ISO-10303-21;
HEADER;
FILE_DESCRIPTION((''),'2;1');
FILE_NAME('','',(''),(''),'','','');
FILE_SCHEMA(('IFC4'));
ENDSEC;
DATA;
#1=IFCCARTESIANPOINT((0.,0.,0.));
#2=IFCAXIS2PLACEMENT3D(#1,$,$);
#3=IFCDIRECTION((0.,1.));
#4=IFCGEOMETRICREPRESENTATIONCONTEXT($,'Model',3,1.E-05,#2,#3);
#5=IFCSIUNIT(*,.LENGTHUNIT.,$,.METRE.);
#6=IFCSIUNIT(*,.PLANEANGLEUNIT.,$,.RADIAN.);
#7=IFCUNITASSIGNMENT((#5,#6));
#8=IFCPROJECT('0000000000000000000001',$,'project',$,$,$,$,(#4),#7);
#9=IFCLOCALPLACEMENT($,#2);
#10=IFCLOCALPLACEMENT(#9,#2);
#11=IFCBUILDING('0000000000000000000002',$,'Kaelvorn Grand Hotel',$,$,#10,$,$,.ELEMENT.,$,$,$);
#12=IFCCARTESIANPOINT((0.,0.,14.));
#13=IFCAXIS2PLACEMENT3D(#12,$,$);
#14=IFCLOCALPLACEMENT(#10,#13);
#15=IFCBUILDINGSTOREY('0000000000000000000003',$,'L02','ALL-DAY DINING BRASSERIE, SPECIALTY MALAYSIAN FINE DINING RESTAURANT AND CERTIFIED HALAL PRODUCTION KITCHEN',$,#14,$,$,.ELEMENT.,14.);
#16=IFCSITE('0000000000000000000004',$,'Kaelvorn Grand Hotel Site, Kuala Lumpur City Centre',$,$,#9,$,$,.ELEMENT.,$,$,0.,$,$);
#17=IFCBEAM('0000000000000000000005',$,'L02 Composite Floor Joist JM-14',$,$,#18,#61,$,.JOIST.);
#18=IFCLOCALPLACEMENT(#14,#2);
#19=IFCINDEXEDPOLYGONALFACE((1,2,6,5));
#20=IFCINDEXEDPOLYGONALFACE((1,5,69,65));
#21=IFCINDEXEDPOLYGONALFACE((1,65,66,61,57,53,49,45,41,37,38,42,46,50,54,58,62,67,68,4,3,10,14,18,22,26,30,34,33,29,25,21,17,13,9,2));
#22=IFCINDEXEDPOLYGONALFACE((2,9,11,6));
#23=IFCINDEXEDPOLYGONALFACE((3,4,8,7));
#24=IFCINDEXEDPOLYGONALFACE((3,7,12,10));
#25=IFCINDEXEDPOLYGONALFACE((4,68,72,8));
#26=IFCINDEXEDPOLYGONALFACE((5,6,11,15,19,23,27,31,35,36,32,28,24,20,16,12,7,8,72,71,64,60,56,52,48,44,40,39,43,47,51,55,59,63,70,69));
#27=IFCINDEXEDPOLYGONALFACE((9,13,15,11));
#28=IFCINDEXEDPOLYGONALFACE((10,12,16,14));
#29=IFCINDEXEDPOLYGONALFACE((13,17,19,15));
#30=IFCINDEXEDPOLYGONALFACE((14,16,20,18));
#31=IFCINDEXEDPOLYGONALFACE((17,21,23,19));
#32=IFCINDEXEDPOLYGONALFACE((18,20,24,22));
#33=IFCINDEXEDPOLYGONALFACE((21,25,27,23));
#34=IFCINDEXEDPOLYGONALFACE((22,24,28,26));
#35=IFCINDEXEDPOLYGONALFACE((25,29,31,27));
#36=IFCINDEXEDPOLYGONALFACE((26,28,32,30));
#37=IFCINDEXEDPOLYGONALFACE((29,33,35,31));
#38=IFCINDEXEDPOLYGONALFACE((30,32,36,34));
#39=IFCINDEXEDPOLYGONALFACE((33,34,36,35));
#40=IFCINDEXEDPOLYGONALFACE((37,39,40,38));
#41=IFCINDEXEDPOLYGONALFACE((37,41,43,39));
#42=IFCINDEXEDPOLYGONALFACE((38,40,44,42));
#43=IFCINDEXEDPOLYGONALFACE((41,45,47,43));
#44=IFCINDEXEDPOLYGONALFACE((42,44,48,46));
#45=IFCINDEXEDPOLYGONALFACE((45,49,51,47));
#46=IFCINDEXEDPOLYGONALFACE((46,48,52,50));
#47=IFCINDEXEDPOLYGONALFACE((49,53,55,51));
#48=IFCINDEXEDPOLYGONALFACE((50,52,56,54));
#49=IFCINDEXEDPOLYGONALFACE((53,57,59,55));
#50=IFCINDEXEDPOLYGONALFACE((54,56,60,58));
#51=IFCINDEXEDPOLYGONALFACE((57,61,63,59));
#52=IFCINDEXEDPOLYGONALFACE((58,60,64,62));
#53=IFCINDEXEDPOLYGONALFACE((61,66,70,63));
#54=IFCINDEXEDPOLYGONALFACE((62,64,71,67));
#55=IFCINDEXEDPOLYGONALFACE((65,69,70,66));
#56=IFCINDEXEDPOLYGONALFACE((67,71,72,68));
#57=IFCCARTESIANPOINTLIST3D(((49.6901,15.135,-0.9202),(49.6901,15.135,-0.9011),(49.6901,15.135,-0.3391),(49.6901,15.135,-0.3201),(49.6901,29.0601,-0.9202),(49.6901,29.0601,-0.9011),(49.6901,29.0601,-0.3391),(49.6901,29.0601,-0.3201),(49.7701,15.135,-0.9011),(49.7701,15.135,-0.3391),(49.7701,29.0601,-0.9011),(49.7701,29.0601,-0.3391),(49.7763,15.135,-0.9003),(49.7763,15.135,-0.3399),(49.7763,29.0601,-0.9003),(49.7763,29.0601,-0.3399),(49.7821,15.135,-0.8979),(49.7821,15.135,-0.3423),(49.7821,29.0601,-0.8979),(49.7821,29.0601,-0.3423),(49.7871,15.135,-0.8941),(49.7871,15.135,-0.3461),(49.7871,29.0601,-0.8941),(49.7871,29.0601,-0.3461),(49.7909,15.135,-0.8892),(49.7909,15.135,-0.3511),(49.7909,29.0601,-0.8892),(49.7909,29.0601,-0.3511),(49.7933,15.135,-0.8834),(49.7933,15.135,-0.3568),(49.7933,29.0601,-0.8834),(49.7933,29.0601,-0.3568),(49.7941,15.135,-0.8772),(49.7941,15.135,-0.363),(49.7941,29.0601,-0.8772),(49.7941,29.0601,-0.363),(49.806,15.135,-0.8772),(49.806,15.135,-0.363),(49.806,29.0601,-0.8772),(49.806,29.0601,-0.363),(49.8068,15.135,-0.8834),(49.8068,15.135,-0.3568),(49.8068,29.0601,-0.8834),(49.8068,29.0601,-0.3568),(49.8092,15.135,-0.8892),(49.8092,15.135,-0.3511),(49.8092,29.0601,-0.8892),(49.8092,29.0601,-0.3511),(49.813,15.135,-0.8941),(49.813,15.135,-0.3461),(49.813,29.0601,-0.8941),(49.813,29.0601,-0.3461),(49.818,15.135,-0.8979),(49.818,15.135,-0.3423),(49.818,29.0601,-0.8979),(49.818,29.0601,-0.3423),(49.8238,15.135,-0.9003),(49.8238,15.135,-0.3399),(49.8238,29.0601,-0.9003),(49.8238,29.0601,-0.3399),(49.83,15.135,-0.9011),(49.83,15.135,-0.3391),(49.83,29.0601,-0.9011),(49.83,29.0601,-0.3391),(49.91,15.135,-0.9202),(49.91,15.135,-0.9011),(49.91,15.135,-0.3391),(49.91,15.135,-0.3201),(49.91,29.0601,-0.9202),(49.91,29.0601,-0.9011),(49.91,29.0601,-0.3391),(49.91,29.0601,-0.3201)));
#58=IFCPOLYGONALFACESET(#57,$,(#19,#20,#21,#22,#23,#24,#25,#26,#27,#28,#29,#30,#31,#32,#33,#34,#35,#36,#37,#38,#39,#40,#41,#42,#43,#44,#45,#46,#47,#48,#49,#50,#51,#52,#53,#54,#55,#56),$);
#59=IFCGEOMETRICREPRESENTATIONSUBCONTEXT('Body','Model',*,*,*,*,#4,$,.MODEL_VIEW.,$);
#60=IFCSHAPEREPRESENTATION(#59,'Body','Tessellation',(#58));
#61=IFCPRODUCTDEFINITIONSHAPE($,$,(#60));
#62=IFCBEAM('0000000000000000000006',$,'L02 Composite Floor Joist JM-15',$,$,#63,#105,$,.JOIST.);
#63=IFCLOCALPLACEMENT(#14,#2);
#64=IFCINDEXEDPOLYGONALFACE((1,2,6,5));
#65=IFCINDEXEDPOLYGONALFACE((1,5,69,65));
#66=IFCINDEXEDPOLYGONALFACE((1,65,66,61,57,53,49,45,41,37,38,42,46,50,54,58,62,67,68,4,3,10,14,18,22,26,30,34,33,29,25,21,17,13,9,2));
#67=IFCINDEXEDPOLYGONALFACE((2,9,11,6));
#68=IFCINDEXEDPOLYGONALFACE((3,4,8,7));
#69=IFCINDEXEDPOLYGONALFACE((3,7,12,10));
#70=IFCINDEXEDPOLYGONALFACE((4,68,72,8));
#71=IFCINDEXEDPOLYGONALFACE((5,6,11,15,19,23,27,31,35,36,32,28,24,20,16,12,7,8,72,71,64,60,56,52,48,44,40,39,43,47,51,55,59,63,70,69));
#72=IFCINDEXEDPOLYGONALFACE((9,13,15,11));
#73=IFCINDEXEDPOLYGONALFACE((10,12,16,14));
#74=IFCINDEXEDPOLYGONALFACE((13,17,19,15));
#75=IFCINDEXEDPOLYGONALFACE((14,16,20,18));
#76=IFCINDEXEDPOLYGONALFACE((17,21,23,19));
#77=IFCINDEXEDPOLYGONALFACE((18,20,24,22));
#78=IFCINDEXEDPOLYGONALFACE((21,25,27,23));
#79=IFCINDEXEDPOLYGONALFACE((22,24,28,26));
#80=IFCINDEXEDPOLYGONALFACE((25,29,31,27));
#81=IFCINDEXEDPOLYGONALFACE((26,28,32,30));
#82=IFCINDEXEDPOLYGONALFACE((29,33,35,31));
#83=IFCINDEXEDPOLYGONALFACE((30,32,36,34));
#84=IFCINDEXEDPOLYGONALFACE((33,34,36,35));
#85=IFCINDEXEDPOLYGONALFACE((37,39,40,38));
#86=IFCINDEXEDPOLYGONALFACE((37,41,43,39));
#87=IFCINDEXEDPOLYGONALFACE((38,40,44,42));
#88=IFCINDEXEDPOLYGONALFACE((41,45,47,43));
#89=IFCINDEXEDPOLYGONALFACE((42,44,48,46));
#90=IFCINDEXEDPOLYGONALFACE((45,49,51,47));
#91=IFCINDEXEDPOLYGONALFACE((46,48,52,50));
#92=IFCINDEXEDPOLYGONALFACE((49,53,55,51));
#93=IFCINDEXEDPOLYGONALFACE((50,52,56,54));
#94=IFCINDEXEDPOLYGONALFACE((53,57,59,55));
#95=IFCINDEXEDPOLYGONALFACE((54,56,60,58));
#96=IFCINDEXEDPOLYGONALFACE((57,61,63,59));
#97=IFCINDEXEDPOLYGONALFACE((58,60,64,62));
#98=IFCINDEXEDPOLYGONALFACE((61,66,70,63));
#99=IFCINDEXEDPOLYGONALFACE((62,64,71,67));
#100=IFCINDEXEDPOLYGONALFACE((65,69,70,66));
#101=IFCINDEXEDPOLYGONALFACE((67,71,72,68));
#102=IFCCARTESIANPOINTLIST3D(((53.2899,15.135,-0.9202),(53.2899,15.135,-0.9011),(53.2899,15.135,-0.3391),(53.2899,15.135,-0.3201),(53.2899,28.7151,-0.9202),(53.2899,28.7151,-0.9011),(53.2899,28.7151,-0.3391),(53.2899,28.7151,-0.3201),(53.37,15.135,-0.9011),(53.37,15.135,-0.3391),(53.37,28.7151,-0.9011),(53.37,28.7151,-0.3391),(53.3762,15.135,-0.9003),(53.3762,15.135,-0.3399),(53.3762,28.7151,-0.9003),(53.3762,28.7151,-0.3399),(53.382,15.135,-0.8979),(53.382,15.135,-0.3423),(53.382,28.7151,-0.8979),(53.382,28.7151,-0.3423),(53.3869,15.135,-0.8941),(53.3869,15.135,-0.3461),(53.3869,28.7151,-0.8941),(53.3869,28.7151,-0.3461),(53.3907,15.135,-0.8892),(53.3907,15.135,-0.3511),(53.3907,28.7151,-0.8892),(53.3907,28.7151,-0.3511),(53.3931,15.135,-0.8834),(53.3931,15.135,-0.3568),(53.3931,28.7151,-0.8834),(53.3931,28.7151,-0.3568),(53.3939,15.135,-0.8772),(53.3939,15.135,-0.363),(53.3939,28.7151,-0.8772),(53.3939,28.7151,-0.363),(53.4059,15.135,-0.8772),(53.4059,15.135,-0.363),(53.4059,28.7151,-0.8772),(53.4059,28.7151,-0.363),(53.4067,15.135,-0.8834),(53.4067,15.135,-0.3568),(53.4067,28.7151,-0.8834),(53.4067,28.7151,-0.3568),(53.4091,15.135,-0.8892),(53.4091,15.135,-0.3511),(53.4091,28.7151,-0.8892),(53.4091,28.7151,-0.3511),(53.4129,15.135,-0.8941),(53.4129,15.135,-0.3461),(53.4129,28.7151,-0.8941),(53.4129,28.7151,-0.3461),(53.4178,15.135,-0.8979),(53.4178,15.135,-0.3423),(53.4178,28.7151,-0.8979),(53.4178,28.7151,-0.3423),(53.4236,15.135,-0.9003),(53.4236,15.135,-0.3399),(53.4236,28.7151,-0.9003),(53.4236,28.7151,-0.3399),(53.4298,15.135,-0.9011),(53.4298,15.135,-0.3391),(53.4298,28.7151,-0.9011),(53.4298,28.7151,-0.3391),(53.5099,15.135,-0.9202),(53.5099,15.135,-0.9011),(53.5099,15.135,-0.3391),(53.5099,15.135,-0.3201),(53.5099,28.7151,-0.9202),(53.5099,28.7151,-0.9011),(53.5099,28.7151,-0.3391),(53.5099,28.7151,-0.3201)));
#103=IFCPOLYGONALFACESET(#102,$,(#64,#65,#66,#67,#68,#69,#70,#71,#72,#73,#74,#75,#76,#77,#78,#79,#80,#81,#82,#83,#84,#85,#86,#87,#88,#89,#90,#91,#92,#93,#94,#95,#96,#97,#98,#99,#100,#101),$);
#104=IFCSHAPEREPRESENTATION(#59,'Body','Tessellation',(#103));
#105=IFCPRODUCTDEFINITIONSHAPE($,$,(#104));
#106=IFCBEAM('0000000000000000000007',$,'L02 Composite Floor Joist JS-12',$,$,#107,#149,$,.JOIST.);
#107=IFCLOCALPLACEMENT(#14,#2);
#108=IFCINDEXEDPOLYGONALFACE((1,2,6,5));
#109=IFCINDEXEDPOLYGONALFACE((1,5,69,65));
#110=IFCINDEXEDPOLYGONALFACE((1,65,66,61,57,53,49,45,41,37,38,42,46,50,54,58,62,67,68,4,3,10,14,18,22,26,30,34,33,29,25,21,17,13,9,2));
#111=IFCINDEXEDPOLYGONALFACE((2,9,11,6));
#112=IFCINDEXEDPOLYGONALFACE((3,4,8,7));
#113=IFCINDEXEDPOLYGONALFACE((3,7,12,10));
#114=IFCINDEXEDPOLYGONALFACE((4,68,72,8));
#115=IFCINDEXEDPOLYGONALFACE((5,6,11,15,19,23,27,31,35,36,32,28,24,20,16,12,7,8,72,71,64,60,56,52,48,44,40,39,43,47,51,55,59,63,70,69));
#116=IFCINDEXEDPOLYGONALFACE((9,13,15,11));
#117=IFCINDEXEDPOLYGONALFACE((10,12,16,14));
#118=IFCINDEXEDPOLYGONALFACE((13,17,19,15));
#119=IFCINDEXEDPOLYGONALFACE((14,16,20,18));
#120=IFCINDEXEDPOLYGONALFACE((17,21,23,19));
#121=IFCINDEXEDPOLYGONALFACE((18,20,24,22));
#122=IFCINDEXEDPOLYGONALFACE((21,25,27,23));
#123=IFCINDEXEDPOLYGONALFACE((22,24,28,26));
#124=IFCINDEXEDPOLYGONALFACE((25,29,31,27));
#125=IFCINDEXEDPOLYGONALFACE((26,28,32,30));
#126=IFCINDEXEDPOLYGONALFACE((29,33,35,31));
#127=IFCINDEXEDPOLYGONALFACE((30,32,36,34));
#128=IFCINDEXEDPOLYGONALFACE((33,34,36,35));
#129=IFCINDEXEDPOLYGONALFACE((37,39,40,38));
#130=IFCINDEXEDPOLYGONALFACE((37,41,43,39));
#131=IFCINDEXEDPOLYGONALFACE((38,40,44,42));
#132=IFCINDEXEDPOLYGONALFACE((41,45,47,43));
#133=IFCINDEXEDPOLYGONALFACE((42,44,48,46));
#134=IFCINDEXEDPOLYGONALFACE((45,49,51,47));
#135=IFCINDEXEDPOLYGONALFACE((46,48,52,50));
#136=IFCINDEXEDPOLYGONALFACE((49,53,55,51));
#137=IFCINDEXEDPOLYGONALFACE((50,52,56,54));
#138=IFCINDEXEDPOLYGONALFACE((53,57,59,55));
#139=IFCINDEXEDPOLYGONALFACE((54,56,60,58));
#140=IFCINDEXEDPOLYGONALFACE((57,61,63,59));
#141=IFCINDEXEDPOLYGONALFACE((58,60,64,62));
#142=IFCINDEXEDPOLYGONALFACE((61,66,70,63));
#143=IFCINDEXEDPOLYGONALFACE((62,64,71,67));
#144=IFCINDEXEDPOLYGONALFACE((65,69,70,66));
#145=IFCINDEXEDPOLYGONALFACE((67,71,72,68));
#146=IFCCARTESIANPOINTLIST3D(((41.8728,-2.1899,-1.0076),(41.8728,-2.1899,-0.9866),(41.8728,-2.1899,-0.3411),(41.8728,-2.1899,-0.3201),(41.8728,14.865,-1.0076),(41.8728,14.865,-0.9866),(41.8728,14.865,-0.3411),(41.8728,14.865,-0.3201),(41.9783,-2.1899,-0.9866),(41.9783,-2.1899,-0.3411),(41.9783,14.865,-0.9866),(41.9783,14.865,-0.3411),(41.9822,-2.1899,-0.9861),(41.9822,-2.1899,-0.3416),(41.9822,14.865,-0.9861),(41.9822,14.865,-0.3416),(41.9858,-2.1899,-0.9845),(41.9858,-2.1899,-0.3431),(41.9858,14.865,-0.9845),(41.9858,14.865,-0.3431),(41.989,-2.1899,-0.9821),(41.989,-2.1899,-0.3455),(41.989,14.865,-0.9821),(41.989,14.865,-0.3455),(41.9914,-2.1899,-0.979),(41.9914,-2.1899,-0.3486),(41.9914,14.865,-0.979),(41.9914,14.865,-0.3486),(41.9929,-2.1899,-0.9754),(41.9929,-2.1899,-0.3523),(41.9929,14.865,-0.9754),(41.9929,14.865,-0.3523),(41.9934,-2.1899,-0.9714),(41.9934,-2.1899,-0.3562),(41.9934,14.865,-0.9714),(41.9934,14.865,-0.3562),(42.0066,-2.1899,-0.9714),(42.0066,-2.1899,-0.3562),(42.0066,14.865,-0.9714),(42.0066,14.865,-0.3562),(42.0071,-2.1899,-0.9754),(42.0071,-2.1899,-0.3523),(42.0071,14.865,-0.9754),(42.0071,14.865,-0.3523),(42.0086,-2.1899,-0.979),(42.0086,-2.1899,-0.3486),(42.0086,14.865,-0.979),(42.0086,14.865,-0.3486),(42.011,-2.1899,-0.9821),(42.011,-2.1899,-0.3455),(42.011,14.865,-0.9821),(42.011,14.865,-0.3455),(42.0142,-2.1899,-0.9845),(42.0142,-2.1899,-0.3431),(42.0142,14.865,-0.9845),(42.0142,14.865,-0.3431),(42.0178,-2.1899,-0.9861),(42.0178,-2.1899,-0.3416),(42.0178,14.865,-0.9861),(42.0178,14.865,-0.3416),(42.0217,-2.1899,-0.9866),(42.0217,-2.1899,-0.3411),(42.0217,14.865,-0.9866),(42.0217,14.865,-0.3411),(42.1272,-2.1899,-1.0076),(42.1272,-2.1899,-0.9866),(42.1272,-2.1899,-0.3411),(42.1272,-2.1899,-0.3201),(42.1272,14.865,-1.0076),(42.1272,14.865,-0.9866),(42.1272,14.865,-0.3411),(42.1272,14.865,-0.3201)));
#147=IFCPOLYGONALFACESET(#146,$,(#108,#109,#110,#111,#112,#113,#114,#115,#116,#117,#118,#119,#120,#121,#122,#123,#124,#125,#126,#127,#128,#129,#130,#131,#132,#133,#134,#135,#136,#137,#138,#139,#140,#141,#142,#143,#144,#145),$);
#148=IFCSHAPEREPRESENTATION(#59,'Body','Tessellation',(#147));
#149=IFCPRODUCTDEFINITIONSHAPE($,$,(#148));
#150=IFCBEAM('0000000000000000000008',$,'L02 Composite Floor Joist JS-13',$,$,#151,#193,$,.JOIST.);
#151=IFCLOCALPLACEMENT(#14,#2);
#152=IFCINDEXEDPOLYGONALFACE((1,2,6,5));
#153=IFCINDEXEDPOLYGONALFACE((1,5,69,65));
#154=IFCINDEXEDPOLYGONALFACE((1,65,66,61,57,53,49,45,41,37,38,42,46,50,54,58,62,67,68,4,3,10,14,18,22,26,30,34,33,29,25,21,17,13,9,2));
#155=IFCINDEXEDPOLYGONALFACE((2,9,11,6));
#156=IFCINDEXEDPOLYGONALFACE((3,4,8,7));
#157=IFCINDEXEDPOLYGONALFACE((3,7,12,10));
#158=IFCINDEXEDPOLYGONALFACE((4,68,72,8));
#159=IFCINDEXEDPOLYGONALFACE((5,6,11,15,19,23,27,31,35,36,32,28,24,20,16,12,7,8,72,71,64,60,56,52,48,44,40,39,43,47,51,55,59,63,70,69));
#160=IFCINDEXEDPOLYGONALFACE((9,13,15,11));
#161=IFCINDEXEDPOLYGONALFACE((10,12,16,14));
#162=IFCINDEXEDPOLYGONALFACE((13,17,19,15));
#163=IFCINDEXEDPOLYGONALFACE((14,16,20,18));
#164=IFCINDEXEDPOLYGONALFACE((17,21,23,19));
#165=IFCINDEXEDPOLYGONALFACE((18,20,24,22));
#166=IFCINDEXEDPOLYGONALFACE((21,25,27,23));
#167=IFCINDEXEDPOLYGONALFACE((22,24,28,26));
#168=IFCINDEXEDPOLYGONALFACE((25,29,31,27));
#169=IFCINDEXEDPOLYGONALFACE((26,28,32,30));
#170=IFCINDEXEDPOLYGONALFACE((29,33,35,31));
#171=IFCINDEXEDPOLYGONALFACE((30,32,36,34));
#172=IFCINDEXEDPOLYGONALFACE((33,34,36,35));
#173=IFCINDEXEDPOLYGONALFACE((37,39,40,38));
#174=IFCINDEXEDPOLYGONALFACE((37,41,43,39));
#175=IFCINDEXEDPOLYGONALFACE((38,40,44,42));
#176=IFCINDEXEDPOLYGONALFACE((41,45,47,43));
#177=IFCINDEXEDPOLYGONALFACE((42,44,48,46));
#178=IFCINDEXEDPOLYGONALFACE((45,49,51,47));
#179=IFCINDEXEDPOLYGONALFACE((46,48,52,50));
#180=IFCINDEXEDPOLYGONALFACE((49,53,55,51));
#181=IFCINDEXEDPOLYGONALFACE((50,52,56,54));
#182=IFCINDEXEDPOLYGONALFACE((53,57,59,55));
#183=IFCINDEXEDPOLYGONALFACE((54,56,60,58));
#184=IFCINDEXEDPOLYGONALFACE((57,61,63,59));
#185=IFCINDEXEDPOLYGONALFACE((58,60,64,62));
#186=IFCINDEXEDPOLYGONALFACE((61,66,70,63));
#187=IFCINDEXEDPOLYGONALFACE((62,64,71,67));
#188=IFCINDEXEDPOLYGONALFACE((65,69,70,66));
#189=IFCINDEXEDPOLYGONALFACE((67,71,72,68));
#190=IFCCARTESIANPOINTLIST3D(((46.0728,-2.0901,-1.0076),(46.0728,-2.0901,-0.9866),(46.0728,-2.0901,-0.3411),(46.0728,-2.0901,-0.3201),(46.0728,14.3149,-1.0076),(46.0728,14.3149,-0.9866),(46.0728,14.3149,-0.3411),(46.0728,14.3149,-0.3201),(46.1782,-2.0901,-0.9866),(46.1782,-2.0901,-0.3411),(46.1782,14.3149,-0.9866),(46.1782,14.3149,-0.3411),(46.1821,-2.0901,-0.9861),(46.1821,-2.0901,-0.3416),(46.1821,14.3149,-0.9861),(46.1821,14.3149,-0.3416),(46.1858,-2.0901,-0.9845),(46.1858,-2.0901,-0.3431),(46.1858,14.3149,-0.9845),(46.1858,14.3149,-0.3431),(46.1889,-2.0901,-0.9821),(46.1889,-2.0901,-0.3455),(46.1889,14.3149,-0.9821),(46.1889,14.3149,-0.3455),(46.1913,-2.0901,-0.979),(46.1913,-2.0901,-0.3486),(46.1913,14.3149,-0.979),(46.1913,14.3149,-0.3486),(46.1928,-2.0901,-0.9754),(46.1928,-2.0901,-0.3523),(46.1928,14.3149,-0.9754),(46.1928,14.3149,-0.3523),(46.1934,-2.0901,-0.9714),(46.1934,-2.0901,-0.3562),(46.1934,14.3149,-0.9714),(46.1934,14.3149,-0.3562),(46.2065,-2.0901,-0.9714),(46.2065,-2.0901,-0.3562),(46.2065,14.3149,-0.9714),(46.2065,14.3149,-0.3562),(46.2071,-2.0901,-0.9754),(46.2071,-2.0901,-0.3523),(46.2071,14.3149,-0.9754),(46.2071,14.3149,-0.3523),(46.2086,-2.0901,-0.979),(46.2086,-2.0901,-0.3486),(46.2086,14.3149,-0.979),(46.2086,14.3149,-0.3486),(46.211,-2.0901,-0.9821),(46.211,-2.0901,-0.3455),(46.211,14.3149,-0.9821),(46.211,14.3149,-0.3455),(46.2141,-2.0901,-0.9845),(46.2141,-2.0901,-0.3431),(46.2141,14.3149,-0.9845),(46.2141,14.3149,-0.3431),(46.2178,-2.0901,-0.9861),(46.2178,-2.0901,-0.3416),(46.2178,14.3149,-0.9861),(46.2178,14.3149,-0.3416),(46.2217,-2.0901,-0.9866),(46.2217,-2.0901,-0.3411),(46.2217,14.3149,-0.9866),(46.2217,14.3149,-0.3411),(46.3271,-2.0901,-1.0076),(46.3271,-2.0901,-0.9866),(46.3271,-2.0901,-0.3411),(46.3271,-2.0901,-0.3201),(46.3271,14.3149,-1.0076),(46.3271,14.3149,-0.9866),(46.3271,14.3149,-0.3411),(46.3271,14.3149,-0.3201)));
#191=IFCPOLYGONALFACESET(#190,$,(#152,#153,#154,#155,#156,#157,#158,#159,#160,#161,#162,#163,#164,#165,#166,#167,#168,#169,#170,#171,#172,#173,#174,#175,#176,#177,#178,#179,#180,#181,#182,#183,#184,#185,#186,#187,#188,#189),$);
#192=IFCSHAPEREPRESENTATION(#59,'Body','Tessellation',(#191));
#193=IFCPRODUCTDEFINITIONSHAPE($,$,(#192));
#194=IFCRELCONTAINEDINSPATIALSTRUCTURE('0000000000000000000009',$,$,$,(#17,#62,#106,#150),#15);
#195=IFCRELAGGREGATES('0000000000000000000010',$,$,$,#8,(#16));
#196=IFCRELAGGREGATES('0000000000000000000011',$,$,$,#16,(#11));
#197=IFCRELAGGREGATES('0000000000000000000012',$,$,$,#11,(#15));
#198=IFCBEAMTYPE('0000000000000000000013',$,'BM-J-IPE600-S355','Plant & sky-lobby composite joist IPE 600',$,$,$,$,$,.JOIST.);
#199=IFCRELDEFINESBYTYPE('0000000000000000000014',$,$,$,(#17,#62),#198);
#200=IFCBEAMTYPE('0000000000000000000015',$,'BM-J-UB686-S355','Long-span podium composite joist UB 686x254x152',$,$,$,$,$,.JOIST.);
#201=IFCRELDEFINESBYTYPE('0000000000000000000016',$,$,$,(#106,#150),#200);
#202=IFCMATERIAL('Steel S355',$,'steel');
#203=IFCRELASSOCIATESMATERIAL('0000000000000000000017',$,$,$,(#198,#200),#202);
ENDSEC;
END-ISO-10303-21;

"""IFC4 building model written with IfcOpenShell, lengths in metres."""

from ifc_helpers import new_model, si_unit, direction, frame, origin, origin_2d, place, context, subcontext, project, spatial, i_section, extrude, material, material_profile, profile_set, type_object, element, save


model = new_model("IFC4")

# Units and contexts
model_context = context("Model", 3, precision=1e-05, world=origin(), true_north=direction((0.0, 1.0)))
body_context = subcontext(model_context, "Body", "Model", "MODEL_VIEW")
ifc_project = project(units=[si_unit("LENGTHUNIT", "METRE"), si_unit("PLANEANGLEUNIT", "RADIAN")], contexts=[model_context])

# Site, building, storey
site_placement = place(None, origin())
site = spatial("IfcSite", under=ifc_project, at=site_placement, Name="Kaelvorn Grand Hotel Site, Kuala Lumpur City Centre", CompositionType="ELEMENT", RefElevation=0.0)
building_placement = place(site_placement, origin())
building = spatial("IfcBuilding", under=site, at=building_placement, Name="Kaelvorn Grand Hotel", CompositionType="ELEMENT")
storey_placement = place(building_placement, frame((0.0, 0.0, 14.0)))
storey = spatial("IfcBuildingStorey", under=building, at=storey_placement, Name="L02", Description="ALL-DAY DINING BRASSERIE, SPECIALTY MALAYSIAN FINE DINING RESTAURANT AND CERTIFIED HALAL PRODUCTION KITCHEN", CompositionType="ELEMENT", Elevation=14.0)

# Beams
ifc_material_1 = material(Name="Steel S355", Category="steel")
ifc_material_profile_1 = material_profile(ifc_material_1, i_section(OverallWidth=0.22, OverallDepth=0.6001, WebThickness=0.012, FlangeThickness=0.019, FilletRadius=0.0239, at=origin_2d()), Name="IPE 600")
ifc_profile_set_1 = profile_set([ifc_material_profile_1], Name="Steel S355")
beam_type_1 = type_object("IfcBeamType", Name="BM-J-IPE600-S355", Description="Plant & sky-lobby composite joist IPE 600", PredefinedType="JOIST", material=ifc_profile_set_1)
beam_1_placement = place(storey_placement, frame((49.8, 15.135, -0.6201), z_axis=(0.0, 1.0, 0.0), x_axis=(-1.0, 0.0, 0.0)))
element("IfcBeam", 1, at=beam_1_placement, inside=storey, type_object=beam_type_1, Name="L02 Composite Floor Joist JM-14", PredefinedType="JOIST", context=body_context, shape_type="SweptSolid", body=[
    extrude(i_section(OverallWidth=0.22, OverallDepth=0.6001, WebThickness=0.012, FlangeThickness=0.019, FilletRadius=0.0239, at=origin_2d()), origin(), (0.0, 0.0, 1.0), 13.925),
])
beam_2_placement = place(storey_placement, frame((53.3999, 15.135, -0.6201), z_axis=(0.0, 1.0, 0.0), x_axis=(-1.0, 0.0, 0.0)))
element("IfcBeam", 2, at=beam_2_placement, inside=storey, type_object=beam_type_1, Name="L02 Composite Floor Joist JM-15", PredefinedType="JOIST", context=body_context, shape_type="SweptSolid", body=[
    extrude(i_section(OverallWidth=0.22, OverallDepth=0.6001, WebThickness=0.012, FlangeThickness=0.019, FilletRadius=0.0239, at=origin_2d()), origin(), (0.0, 0.0, 1.0), 13.5801),
])
ifc_material_profile_2 = material_profile(ifc_material_1, i_section(OverallWidth=0.2544, OverallDepth=0.6875, WebThickness=0.0132, FlangeThickness=0.021, FilletRadius=0.0151, at=origin_2d()), Name="UB 686x254x152")
ifc_profile_set_2 = profile_set([ifc_material_profile_2], Name="Steel S355")
beam_type_2 = type_object("IfcBeamType", Name="BM-J-UB686-S355", Description="Long-span podium composite joist UB 686x254x152", PredefinedType="JOIST", material=ifc_profile_set_2)
beam_3_placement = place(storey_placement, frame((42.0, -2.1899, -0.6638), z_axis=(0.0, 1.0, 0.0), x_axis=(-1.0, 0.0, 0.0)))
element("IfcBeam", 3, at=beam_3_placement, inside=storey, type_object=beam_type_2, Name="L02 Composite Floor Joist JS-12", PredefinedType="JOIST", context=body_context, shape_type="SweptSolid", body=[
    extrude(i_section(OverallWidth=0.2544, OverallDepth=0.6875, WebThickness=0.0132, FlangeThickness=0.021, FilletRadius=0.0151, at=origin_2d()), origin(), (0.0, 0.0, 1.0), 17.0549),
])
beam_4_placement = place(storey_placement, frame((46.2, -2.0901, -0.6638), z_axis=(0.0, 1.0, 0.0), x_axis=(-1.0, 0.0, 0.0)))
element("IfcBeam", 4, at=beam_4_placement, inside=storey, type_object=beam_type_2, Name="L02 Composite Floor Joist JS-13", PredefinedType="JOIST", context=body_context, shape_type="SweptSolid", body=[
    extrude(i_section(OverallWidth=0.2544, OverallDepth=0.6875, WebThickness=0.0132, FlangeThickness=0.021, FilletRadius=0.0151, at=origin_2d()), origin(), (0.0, 0.0, 1.0), 16.405),
])

save(model, "model.ifc")
